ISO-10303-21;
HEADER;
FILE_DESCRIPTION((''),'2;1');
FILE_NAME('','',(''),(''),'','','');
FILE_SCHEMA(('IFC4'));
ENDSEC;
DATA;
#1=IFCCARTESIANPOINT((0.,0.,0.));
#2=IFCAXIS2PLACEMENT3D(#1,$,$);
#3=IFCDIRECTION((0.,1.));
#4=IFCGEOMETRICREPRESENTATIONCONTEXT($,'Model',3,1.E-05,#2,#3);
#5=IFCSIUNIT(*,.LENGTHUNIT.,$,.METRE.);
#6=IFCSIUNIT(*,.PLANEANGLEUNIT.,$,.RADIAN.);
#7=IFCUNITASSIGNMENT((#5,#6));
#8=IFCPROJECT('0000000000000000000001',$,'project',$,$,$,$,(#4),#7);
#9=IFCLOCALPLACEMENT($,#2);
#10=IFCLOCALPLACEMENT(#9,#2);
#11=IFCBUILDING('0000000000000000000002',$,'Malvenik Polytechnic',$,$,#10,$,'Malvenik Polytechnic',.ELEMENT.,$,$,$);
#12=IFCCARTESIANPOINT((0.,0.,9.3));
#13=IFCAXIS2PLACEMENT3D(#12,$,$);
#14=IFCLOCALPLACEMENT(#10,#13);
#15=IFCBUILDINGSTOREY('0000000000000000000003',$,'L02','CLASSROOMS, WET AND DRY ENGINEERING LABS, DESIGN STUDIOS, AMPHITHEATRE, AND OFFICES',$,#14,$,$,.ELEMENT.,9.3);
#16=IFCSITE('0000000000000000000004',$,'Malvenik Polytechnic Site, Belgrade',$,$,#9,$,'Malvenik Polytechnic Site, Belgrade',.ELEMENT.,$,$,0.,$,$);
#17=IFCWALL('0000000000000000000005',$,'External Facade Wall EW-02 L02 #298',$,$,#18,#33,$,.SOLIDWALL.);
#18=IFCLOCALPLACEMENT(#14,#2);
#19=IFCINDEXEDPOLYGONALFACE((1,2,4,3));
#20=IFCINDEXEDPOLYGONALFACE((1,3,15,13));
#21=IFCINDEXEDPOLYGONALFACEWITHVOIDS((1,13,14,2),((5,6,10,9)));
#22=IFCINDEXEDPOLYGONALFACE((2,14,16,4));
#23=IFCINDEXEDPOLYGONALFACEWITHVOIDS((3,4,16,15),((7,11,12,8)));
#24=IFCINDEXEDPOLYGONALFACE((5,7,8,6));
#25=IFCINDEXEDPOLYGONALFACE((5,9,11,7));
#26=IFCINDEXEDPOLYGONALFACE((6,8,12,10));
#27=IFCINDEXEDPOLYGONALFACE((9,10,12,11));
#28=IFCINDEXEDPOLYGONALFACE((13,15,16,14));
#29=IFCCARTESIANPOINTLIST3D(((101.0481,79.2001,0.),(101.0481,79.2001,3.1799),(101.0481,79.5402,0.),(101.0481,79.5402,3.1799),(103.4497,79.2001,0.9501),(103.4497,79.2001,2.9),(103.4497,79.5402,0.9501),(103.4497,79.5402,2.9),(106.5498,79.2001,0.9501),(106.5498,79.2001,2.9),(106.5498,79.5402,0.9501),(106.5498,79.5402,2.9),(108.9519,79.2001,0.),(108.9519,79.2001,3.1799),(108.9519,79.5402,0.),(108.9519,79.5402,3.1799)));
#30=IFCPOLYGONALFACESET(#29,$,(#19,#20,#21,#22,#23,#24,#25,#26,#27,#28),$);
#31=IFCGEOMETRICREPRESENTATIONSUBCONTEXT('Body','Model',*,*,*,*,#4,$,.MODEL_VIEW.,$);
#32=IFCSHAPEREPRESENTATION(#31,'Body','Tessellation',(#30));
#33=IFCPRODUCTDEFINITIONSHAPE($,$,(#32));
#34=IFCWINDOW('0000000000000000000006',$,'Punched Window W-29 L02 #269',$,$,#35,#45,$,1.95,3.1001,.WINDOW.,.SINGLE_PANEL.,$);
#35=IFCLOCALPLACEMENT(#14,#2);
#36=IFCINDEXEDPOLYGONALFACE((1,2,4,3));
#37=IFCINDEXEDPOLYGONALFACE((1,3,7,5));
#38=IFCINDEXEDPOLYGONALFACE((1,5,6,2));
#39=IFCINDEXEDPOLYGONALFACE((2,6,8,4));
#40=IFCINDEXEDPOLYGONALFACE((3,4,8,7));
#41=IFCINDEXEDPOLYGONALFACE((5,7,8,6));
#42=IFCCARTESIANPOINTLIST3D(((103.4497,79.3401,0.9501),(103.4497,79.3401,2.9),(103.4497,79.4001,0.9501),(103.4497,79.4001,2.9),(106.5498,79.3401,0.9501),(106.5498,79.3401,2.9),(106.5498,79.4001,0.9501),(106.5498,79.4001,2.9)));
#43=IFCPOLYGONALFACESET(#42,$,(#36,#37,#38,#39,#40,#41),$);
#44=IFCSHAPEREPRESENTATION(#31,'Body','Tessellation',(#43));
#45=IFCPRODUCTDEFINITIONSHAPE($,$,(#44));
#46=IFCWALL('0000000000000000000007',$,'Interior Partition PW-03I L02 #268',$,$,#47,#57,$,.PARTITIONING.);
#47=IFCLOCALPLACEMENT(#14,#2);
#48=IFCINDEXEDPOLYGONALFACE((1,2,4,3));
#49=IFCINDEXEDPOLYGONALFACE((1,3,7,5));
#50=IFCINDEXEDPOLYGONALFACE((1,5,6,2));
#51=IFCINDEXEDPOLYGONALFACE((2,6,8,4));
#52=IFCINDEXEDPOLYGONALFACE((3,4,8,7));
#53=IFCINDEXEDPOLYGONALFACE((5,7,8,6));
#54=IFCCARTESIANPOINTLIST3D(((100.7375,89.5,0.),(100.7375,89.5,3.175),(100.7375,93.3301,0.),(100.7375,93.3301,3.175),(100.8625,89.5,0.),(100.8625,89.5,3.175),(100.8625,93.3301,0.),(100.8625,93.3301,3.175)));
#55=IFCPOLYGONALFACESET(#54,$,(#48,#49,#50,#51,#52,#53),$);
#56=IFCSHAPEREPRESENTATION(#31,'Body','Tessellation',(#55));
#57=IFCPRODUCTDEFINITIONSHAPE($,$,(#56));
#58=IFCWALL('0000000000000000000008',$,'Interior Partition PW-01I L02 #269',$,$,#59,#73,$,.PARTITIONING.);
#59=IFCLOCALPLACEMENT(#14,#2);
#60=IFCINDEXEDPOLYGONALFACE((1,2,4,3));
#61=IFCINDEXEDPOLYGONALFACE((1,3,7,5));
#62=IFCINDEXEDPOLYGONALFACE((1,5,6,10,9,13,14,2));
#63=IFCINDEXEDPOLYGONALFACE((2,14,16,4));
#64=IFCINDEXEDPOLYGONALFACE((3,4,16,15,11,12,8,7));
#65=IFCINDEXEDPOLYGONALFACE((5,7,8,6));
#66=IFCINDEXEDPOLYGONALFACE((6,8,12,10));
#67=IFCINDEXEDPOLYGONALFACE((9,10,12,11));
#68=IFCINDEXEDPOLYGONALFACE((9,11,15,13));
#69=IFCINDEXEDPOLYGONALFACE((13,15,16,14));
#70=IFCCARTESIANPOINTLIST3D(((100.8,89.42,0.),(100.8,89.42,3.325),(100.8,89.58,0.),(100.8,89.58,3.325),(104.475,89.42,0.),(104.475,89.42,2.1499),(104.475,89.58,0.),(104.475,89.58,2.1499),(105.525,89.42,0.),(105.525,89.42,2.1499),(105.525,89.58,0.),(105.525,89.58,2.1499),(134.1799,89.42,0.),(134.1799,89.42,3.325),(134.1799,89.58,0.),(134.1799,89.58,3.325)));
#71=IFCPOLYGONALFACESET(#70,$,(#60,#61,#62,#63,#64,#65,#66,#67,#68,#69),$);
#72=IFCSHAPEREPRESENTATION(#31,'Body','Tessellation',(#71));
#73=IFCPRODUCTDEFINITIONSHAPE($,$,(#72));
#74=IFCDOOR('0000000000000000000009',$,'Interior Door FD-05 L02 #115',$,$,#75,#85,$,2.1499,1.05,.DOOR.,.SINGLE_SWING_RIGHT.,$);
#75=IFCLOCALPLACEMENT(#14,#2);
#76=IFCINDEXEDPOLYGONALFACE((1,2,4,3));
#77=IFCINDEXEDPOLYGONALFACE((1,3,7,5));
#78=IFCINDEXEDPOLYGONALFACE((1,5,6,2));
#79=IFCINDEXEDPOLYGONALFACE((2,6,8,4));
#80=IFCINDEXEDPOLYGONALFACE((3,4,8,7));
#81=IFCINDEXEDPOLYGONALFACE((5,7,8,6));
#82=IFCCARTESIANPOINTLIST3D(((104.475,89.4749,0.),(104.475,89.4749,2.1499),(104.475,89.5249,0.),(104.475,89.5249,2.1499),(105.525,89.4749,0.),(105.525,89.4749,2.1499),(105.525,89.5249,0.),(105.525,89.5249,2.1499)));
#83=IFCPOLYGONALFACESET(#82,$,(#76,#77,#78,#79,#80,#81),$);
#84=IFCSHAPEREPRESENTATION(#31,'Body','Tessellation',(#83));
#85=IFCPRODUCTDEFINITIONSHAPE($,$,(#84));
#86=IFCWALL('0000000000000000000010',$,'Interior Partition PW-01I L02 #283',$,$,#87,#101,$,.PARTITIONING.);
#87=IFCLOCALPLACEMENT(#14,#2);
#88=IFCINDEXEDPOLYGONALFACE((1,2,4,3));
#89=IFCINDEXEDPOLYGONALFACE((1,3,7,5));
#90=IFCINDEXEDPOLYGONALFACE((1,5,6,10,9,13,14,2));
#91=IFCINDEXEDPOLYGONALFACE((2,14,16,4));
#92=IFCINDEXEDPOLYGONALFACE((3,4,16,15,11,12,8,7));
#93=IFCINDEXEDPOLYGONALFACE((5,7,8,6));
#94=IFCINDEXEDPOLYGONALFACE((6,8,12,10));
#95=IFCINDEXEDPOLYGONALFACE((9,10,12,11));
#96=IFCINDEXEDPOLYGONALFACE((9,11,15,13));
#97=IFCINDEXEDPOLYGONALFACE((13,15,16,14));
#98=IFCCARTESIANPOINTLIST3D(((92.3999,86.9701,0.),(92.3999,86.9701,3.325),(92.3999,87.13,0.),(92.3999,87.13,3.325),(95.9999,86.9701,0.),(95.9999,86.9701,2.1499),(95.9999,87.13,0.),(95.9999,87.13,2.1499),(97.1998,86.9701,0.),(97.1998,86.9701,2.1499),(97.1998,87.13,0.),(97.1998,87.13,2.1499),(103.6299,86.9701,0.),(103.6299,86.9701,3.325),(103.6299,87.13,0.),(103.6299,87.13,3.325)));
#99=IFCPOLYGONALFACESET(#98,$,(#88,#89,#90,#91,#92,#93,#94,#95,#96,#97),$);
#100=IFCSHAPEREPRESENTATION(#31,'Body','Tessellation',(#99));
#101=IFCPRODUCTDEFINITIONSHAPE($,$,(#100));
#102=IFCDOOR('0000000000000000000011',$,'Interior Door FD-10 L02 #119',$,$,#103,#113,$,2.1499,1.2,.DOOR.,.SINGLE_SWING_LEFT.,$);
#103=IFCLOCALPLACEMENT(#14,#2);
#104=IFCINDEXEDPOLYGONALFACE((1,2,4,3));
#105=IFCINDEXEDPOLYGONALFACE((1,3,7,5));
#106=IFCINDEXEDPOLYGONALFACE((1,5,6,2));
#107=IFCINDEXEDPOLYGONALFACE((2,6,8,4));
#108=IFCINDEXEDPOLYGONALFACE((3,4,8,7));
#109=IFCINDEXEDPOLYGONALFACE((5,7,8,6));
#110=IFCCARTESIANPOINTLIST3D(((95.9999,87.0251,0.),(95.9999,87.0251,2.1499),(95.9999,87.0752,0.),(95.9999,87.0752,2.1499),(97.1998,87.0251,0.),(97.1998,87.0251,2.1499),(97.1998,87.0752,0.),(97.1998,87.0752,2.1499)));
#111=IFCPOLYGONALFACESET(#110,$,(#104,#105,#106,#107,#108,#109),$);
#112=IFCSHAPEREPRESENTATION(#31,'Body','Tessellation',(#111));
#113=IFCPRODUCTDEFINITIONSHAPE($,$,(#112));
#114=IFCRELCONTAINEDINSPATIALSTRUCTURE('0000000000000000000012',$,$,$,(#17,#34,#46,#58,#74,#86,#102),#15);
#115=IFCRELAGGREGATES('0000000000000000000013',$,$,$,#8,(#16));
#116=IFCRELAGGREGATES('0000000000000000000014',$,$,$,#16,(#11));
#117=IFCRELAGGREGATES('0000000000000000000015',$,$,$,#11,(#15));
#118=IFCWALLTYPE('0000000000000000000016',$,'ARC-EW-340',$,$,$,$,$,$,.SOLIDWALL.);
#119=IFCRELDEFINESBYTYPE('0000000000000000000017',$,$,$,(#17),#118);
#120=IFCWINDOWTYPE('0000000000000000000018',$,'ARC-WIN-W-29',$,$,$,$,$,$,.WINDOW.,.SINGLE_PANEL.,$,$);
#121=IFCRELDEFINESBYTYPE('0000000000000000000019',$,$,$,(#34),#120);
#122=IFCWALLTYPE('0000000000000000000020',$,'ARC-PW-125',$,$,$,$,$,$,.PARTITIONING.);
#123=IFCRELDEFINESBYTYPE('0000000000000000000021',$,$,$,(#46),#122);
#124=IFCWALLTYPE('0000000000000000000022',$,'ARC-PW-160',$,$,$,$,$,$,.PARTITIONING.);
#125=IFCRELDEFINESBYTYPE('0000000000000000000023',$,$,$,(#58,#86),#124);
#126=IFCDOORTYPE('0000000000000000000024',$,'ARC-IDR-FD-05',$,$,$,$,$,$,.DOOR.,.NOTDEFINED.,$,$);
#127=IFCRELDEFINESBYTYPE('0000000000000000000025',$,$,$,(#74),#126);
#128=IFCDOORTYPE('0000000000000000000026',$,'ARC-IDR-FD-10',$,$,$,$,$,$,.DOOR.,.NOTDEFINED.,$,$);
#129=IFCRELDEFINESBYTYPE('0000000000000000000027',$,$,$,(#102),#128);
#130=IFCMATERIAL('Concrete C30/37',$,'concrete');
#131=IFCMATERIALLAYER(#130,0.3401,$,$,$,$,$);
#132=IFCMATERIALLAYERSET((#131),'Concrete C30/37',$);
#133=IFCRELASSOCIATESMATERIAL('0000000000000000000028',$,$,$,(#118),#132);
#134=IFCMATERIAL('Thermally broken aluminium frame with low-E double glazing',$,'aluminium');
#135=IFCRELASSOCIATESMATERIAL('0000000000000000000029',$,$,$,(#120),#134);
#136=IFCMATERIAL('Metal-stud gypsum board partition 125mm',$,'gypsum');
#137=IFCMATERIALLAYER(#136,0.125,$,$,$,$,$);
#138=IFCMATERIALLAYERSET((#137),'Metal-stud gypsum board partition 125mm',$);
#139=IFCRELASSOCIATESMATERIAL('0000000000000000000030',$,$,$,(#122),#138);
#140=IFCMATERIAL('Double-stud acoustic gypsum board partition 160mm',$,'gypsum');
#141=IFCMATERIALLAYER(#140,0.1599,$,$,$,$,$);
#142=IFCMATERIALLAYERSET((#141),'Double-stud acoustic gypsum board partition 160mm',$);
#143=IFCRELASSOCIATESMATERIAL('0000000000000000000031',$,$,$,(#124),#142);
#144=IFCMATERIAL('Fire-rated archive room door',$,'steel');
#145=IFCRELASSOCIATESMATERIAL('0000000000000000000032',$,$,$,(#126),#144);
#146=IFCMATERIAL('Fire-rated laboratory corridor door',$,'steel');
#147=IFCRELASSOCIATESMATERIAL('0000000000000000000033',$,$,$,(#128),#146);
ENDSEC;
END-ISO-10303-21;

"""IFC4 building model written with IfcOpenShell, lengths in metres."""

from ifc_helpers import new_model, si_unit, direction, frame, frame_2d, origin, place, context, subcontext, project, spatial, rectangle, extrude, material, layer, layer_set, type_object, element, fill, save


model = new_model("IFC4")

# Units and contexts
model_context = context("Model", 3, precision=1e-05, world=origin(), true_north=direction((0.0, 1.0)))
body_context = subcontext(model_context, "Body", "Model", "MODEL_VIEW")
ifc_project = project(units=[si_unit("LENGTHUNIT", "METRE"), si_unit("PLANEANGLEUNIT", "RADIAN")], contexts=[model_context])

# Site, building, storey
site_placement = place(None, origin())
site = spatial("IfcSite", under=ifc_project, at=site_placement, Name="Malvenik Polytechnic Site, Belgrade", LongName="Malvenik Polytechnic Site, Belgrade", CompositionType="ELEMENT", RefElevation=0.0)
building_placement = place(site_placement, origin())
building = spatial("IfcBuilding", under=site, at=building_placement, Name="Malvenik Polytechnic", LongName="Malvenik Polytechnic", CompositionType="ELEMENT")
storey_placement = place(building_placement, frame((0.0, 0.0, 9.3)))
storey = spatial("IfcBuildingStorey", under=building, at=storey_placement, Name="L02", Description="CLASSROOMS, WET AND DRY ENGINEERING LABS, DESIGN STUDIOS, AMPHITHEATRE, AND OFFICES", CompositionType="ELEMENT", Elevation=9.3)

# Wall, opening, window
ifc_material_1 = material(Name="Concrete C30/37", Category="concrete")
ifc_layer_1 = layer(ifc_material_1, 0.3401)
ifc_layer_set_1 = layer_set([ifc_layer_1], Name="Concrete C30/37")
wall_type_1 = type_object("IfcWallType", Name="ARC-EW-340", PredefinedType="SOLIDWALL", material=ifc_layer_set_1)
wall_1_placement = place(storey_placement, frame((108.9519, 79.3701, 0.0), z_axis=(0.0, 0.0, 1.0), x_axis=(-1.0, 0.0, 0.0)))
wall_1 = element("IfcWall", 1, at=wall_1_placement, inside=storey, type_object=wall_type_1, Name="External Facade Wall EW-02 L02 #298", PredefinedType="SOLIDWALL", context=body_context, shape_type="SweptSolid", body=[
    extrude(rectangle(XDim=7.9038, YDim=0.3401, at=frame_2d((3.9519, 0.0))), origin(), (0.0, 0.0, 1.0), 3.1799),
])
opening_1_placement = place(wall_1_placement, frame((2.4021, 0.0, 0.95)))
opening_1 = element("IfcOpeningElement", 2, at=opening_1_placement, cuts=wall_1, PredefinedType="OPENING", context=body_context, shape_type="SweptSolid", body=[
    extrude(rectangle(XDim=3.1001, YDim=1.95, at=frame_2d((1.55, 0.9751))), frame((0.0, 0.1802, 0.0), z_axis=(0.0, -1.0, 0.0), x_axis=(1.0, 0.0, 0.0)), (0.0, 0.0, 1.0), 0.3601),
])
ifc_material_2 = material(Name="Thermally broken aluminium frame with low-E double glazing", Category="aluminium")
window_type = type_object("IfcWindowType", Name="ARC-WIN-W-29", PartitioningType="SINGLE_PANEL", PredefinedType="WINDOW", material=ifc_material_2)
window_placement = place(opening_1_placement, origin())
window = element("IfcWindow", 3, at=window_placement, inside=storey, type_object=window_type, Name="Punched Window W-29 L02 #269", OverallHeight=1.95, OverallWidth=3.1001, PartitioningType="SINGLE_PANEL", PredefinedType="WINDOW", context=body_context, shape_type="SweptSolid", body=[
    extrude(rectangle(XDim=3.1001, YDim=1.95, at=frame_2d((1.55, 0.9751))), frame((0.0, 0.03, 0.0), z_axis=(0.0, -1.0, 0.0), x_axis=(1.0, 0.0, 0.0)), (0.0, 0.0, 1.0), 0.0601),
])
fill(opening_1, window)

# Wall
ifc_material_3 = material(Name="Metal-stud gypsum board partition 125mm", Category="gypsum")
ifc_layer_2 = layer(ifc_material_3, 0.125)
ifc_layer_set_2 = layer_set([ifc_layer_2], Name="Metal-stud gypsum board partition 125mm")
wall_type_2 = type_object("IfcWallType", Name="ARC-PW-125", PredefinedType="PARTITIONING", material=ifc_layer_set_2)
wall_2_placement = place(storey_placement, frame((100.8, 89.5, 0.0), z_axis=(0.0, 0.0, 1.0), x_axis=(0.0, 1.0, 0.0)))
element("IfcWall", 4, at=wall_2_placement, inside=storey, type_object=wall_type_2, Name="Interior Partition PW-03I L02 #268", PredefinedType="PARTITIONING", context=body_context, shape_type="SweptSolid", body=[
    extrude(rectangle(XDim=3.8301, YDim=0.125, at=frame_2d((1.915, 0.0))), origin(), (0.0, 0.0, 1.0), 3.175),
])

# Walls, openings, doors
ifc_material_4 = material(Name="Double-stud acoustic gypsum board partition 160mm", Category="gypsum")
ifc_layer_3 = layer(ifc_material_4, 0.1599)
ifc_layer_set_3 = layer_set([ifc_layer_3], Name="Double-stud acoustic gypsum board partition 160mm")
wall_type_3 = type_object("IfcWallType", Name="ARC-PW-160", PredefinedType="PARTITIONING", material=ifc_layer_set_3)
wall_3_placement = place(storey_placement, frame((100.8, 89.5, 0.0), z_axis=(0.0, 0.0, 1.0), x_axis=(1.0, 0.0, 0.0)))
wall_3 = element("IfcWall", 5, at=wall_3_placement, inside=storey, type_object=wall_type_3, Name="Interior Partition PW-01I L02 #269", PredefinedType="PARTITIONING", context=body_context, shape_type="SweptSolid", body=[
    extrude(rectangle(XDim=33.3799, YDim=0.1599, at=frame_2d((16.6899, 0.0))), origin(), (0.0, 0.0, 1.0), 3.325),
])
opening_2_placement = place(wall_3_placement, frame((3.675, 0.0, 0.0)))
opening_2 = element("IfcOpeningElement", 6, at=opening_2_placement, cuts=wall_3, PredefinedType="OPENING", context=body_context, shape_type="SweptSolid", body=[
    extrude(rectangle(XDim=1.05, YDim=2.1499, at=frame_2d((0.5249, 1.075))), frame((0.0, 0.0898, 0.0), z_axis=(0.0, -1.0, 0.0), x_axis=(1.0, 0.0, 0.0)), (0.0, 0.0, 1.0), 0.1799),
])
ifc_material_5 = material(Name="Fire-rated archive room door", Category="steel")
door_type_1 = type_object("IfcDoorType", Name="ARC-IDR-FD-05", OperationType="NOTDEFINED", PredefinedType="DOOR", material=ifc_material_5)
door_1_placement = place(opening_2_placement, origin())
door_1 = element("IfcDoor", 7, at=door_1_placement, inside=storey, type_object=door_type_1, Name="Interior Door FD-05 L02 #115", OperationType="SINGLE_SWING_RIGHT", OverallHeight=2.1499, OverallWidth=1.05, PredefinedType="DOOR", context=body_context, shape_type="SweptSolid", body=[
    extrude(rectangle(XDim=1.05, YDim=2.1499, at=frame_2d((0.5249, 1.075))), frame((0.0, 0.0249, 0.0), z_axis=(0.0, -1.0, 0.0), x_axis=(1.0, 0.0, 0.0)), (0.0, 0.0, 1.0), 0.05),
])
fill(opening_2, door_1)
wall_4_placement = place(storey_placement, frame((103.6299, 87.05, 0.0), z_axis=(0.0, 0.0, 1.0), x_axis=(-1.0, 0.0, 0.0)))
wall_4 = element("IfcWall", 8, at=wall_4_placement, inside=storey, type_object=wall_type_3, Name="Interior Partition PW-01I L02 #283", PredefinedType="PARTITIONING", context=body_context, shape_type="SweptSolid", body=[
    extrude(rectangle(XDim=11.23, YDim=0.1599, at=frame_2d((5.615, 0.0))), origin(), (0.0, 0.0, 1.0), 3.325),
])
opening_3_placement = place(wall_4_placement, frame((6.4299, 0.0, 0.0)))
opening_3 = element("IfcOpeningElement", 9, at=opening_3_placement, cuts=wall_4, PredefinedType="OPENING", context=body_context, shape_type="SweptSolid", body=[
    extrude(rectangle(XDim=1.2, YDim=2.1499, at=frame_2d((0.6001, 1.075))), frame((0.0, 0.0898, 0.0), z_axis=(0.0, -1.0, 0.0), x_axis=(1.0, 0.0, 0.0)), (0.0, 0.0, 1.0), 0.1799),
])
ifc_material_6 = material(Name="Fire-rated laboratory corridor door", Category="steel")
door_type_2 = type_object("IfcDoorType", Name="ARC-IDR-FD-10", OperationType="NOTDEFINED", PredefinedType="DOOR", material=ifc_material_6)
door_2_placement = place(opening_3_placement, origin())
door_2 = element("IfcDoor", 10, at=door_2_placement, inside=storey, type_object=door_type_2, Name="Interior Door FD-10 L02 #119", OperationType="SINGLE_SWING_LEFT", OverallHeight=2.1499, OverallWidth=1.2, PredefinedType="DOOR", context=body_context, shape_type="SweptSolid", body=[
    extrude(rectangle(XDim=1.2, YDim=2.1499, at=frame_2d((0.6001, 1.075))), frame((0.0, 0.0249, 0.0), z_axis=(0.0, -1.0, 0.0), x_axis=(1.0, 0.0, 0.0)), (0.0, 0.0, 1.0), 0.05),
])
fill(opening_3, door_2)

save(model, "model.ifc")
